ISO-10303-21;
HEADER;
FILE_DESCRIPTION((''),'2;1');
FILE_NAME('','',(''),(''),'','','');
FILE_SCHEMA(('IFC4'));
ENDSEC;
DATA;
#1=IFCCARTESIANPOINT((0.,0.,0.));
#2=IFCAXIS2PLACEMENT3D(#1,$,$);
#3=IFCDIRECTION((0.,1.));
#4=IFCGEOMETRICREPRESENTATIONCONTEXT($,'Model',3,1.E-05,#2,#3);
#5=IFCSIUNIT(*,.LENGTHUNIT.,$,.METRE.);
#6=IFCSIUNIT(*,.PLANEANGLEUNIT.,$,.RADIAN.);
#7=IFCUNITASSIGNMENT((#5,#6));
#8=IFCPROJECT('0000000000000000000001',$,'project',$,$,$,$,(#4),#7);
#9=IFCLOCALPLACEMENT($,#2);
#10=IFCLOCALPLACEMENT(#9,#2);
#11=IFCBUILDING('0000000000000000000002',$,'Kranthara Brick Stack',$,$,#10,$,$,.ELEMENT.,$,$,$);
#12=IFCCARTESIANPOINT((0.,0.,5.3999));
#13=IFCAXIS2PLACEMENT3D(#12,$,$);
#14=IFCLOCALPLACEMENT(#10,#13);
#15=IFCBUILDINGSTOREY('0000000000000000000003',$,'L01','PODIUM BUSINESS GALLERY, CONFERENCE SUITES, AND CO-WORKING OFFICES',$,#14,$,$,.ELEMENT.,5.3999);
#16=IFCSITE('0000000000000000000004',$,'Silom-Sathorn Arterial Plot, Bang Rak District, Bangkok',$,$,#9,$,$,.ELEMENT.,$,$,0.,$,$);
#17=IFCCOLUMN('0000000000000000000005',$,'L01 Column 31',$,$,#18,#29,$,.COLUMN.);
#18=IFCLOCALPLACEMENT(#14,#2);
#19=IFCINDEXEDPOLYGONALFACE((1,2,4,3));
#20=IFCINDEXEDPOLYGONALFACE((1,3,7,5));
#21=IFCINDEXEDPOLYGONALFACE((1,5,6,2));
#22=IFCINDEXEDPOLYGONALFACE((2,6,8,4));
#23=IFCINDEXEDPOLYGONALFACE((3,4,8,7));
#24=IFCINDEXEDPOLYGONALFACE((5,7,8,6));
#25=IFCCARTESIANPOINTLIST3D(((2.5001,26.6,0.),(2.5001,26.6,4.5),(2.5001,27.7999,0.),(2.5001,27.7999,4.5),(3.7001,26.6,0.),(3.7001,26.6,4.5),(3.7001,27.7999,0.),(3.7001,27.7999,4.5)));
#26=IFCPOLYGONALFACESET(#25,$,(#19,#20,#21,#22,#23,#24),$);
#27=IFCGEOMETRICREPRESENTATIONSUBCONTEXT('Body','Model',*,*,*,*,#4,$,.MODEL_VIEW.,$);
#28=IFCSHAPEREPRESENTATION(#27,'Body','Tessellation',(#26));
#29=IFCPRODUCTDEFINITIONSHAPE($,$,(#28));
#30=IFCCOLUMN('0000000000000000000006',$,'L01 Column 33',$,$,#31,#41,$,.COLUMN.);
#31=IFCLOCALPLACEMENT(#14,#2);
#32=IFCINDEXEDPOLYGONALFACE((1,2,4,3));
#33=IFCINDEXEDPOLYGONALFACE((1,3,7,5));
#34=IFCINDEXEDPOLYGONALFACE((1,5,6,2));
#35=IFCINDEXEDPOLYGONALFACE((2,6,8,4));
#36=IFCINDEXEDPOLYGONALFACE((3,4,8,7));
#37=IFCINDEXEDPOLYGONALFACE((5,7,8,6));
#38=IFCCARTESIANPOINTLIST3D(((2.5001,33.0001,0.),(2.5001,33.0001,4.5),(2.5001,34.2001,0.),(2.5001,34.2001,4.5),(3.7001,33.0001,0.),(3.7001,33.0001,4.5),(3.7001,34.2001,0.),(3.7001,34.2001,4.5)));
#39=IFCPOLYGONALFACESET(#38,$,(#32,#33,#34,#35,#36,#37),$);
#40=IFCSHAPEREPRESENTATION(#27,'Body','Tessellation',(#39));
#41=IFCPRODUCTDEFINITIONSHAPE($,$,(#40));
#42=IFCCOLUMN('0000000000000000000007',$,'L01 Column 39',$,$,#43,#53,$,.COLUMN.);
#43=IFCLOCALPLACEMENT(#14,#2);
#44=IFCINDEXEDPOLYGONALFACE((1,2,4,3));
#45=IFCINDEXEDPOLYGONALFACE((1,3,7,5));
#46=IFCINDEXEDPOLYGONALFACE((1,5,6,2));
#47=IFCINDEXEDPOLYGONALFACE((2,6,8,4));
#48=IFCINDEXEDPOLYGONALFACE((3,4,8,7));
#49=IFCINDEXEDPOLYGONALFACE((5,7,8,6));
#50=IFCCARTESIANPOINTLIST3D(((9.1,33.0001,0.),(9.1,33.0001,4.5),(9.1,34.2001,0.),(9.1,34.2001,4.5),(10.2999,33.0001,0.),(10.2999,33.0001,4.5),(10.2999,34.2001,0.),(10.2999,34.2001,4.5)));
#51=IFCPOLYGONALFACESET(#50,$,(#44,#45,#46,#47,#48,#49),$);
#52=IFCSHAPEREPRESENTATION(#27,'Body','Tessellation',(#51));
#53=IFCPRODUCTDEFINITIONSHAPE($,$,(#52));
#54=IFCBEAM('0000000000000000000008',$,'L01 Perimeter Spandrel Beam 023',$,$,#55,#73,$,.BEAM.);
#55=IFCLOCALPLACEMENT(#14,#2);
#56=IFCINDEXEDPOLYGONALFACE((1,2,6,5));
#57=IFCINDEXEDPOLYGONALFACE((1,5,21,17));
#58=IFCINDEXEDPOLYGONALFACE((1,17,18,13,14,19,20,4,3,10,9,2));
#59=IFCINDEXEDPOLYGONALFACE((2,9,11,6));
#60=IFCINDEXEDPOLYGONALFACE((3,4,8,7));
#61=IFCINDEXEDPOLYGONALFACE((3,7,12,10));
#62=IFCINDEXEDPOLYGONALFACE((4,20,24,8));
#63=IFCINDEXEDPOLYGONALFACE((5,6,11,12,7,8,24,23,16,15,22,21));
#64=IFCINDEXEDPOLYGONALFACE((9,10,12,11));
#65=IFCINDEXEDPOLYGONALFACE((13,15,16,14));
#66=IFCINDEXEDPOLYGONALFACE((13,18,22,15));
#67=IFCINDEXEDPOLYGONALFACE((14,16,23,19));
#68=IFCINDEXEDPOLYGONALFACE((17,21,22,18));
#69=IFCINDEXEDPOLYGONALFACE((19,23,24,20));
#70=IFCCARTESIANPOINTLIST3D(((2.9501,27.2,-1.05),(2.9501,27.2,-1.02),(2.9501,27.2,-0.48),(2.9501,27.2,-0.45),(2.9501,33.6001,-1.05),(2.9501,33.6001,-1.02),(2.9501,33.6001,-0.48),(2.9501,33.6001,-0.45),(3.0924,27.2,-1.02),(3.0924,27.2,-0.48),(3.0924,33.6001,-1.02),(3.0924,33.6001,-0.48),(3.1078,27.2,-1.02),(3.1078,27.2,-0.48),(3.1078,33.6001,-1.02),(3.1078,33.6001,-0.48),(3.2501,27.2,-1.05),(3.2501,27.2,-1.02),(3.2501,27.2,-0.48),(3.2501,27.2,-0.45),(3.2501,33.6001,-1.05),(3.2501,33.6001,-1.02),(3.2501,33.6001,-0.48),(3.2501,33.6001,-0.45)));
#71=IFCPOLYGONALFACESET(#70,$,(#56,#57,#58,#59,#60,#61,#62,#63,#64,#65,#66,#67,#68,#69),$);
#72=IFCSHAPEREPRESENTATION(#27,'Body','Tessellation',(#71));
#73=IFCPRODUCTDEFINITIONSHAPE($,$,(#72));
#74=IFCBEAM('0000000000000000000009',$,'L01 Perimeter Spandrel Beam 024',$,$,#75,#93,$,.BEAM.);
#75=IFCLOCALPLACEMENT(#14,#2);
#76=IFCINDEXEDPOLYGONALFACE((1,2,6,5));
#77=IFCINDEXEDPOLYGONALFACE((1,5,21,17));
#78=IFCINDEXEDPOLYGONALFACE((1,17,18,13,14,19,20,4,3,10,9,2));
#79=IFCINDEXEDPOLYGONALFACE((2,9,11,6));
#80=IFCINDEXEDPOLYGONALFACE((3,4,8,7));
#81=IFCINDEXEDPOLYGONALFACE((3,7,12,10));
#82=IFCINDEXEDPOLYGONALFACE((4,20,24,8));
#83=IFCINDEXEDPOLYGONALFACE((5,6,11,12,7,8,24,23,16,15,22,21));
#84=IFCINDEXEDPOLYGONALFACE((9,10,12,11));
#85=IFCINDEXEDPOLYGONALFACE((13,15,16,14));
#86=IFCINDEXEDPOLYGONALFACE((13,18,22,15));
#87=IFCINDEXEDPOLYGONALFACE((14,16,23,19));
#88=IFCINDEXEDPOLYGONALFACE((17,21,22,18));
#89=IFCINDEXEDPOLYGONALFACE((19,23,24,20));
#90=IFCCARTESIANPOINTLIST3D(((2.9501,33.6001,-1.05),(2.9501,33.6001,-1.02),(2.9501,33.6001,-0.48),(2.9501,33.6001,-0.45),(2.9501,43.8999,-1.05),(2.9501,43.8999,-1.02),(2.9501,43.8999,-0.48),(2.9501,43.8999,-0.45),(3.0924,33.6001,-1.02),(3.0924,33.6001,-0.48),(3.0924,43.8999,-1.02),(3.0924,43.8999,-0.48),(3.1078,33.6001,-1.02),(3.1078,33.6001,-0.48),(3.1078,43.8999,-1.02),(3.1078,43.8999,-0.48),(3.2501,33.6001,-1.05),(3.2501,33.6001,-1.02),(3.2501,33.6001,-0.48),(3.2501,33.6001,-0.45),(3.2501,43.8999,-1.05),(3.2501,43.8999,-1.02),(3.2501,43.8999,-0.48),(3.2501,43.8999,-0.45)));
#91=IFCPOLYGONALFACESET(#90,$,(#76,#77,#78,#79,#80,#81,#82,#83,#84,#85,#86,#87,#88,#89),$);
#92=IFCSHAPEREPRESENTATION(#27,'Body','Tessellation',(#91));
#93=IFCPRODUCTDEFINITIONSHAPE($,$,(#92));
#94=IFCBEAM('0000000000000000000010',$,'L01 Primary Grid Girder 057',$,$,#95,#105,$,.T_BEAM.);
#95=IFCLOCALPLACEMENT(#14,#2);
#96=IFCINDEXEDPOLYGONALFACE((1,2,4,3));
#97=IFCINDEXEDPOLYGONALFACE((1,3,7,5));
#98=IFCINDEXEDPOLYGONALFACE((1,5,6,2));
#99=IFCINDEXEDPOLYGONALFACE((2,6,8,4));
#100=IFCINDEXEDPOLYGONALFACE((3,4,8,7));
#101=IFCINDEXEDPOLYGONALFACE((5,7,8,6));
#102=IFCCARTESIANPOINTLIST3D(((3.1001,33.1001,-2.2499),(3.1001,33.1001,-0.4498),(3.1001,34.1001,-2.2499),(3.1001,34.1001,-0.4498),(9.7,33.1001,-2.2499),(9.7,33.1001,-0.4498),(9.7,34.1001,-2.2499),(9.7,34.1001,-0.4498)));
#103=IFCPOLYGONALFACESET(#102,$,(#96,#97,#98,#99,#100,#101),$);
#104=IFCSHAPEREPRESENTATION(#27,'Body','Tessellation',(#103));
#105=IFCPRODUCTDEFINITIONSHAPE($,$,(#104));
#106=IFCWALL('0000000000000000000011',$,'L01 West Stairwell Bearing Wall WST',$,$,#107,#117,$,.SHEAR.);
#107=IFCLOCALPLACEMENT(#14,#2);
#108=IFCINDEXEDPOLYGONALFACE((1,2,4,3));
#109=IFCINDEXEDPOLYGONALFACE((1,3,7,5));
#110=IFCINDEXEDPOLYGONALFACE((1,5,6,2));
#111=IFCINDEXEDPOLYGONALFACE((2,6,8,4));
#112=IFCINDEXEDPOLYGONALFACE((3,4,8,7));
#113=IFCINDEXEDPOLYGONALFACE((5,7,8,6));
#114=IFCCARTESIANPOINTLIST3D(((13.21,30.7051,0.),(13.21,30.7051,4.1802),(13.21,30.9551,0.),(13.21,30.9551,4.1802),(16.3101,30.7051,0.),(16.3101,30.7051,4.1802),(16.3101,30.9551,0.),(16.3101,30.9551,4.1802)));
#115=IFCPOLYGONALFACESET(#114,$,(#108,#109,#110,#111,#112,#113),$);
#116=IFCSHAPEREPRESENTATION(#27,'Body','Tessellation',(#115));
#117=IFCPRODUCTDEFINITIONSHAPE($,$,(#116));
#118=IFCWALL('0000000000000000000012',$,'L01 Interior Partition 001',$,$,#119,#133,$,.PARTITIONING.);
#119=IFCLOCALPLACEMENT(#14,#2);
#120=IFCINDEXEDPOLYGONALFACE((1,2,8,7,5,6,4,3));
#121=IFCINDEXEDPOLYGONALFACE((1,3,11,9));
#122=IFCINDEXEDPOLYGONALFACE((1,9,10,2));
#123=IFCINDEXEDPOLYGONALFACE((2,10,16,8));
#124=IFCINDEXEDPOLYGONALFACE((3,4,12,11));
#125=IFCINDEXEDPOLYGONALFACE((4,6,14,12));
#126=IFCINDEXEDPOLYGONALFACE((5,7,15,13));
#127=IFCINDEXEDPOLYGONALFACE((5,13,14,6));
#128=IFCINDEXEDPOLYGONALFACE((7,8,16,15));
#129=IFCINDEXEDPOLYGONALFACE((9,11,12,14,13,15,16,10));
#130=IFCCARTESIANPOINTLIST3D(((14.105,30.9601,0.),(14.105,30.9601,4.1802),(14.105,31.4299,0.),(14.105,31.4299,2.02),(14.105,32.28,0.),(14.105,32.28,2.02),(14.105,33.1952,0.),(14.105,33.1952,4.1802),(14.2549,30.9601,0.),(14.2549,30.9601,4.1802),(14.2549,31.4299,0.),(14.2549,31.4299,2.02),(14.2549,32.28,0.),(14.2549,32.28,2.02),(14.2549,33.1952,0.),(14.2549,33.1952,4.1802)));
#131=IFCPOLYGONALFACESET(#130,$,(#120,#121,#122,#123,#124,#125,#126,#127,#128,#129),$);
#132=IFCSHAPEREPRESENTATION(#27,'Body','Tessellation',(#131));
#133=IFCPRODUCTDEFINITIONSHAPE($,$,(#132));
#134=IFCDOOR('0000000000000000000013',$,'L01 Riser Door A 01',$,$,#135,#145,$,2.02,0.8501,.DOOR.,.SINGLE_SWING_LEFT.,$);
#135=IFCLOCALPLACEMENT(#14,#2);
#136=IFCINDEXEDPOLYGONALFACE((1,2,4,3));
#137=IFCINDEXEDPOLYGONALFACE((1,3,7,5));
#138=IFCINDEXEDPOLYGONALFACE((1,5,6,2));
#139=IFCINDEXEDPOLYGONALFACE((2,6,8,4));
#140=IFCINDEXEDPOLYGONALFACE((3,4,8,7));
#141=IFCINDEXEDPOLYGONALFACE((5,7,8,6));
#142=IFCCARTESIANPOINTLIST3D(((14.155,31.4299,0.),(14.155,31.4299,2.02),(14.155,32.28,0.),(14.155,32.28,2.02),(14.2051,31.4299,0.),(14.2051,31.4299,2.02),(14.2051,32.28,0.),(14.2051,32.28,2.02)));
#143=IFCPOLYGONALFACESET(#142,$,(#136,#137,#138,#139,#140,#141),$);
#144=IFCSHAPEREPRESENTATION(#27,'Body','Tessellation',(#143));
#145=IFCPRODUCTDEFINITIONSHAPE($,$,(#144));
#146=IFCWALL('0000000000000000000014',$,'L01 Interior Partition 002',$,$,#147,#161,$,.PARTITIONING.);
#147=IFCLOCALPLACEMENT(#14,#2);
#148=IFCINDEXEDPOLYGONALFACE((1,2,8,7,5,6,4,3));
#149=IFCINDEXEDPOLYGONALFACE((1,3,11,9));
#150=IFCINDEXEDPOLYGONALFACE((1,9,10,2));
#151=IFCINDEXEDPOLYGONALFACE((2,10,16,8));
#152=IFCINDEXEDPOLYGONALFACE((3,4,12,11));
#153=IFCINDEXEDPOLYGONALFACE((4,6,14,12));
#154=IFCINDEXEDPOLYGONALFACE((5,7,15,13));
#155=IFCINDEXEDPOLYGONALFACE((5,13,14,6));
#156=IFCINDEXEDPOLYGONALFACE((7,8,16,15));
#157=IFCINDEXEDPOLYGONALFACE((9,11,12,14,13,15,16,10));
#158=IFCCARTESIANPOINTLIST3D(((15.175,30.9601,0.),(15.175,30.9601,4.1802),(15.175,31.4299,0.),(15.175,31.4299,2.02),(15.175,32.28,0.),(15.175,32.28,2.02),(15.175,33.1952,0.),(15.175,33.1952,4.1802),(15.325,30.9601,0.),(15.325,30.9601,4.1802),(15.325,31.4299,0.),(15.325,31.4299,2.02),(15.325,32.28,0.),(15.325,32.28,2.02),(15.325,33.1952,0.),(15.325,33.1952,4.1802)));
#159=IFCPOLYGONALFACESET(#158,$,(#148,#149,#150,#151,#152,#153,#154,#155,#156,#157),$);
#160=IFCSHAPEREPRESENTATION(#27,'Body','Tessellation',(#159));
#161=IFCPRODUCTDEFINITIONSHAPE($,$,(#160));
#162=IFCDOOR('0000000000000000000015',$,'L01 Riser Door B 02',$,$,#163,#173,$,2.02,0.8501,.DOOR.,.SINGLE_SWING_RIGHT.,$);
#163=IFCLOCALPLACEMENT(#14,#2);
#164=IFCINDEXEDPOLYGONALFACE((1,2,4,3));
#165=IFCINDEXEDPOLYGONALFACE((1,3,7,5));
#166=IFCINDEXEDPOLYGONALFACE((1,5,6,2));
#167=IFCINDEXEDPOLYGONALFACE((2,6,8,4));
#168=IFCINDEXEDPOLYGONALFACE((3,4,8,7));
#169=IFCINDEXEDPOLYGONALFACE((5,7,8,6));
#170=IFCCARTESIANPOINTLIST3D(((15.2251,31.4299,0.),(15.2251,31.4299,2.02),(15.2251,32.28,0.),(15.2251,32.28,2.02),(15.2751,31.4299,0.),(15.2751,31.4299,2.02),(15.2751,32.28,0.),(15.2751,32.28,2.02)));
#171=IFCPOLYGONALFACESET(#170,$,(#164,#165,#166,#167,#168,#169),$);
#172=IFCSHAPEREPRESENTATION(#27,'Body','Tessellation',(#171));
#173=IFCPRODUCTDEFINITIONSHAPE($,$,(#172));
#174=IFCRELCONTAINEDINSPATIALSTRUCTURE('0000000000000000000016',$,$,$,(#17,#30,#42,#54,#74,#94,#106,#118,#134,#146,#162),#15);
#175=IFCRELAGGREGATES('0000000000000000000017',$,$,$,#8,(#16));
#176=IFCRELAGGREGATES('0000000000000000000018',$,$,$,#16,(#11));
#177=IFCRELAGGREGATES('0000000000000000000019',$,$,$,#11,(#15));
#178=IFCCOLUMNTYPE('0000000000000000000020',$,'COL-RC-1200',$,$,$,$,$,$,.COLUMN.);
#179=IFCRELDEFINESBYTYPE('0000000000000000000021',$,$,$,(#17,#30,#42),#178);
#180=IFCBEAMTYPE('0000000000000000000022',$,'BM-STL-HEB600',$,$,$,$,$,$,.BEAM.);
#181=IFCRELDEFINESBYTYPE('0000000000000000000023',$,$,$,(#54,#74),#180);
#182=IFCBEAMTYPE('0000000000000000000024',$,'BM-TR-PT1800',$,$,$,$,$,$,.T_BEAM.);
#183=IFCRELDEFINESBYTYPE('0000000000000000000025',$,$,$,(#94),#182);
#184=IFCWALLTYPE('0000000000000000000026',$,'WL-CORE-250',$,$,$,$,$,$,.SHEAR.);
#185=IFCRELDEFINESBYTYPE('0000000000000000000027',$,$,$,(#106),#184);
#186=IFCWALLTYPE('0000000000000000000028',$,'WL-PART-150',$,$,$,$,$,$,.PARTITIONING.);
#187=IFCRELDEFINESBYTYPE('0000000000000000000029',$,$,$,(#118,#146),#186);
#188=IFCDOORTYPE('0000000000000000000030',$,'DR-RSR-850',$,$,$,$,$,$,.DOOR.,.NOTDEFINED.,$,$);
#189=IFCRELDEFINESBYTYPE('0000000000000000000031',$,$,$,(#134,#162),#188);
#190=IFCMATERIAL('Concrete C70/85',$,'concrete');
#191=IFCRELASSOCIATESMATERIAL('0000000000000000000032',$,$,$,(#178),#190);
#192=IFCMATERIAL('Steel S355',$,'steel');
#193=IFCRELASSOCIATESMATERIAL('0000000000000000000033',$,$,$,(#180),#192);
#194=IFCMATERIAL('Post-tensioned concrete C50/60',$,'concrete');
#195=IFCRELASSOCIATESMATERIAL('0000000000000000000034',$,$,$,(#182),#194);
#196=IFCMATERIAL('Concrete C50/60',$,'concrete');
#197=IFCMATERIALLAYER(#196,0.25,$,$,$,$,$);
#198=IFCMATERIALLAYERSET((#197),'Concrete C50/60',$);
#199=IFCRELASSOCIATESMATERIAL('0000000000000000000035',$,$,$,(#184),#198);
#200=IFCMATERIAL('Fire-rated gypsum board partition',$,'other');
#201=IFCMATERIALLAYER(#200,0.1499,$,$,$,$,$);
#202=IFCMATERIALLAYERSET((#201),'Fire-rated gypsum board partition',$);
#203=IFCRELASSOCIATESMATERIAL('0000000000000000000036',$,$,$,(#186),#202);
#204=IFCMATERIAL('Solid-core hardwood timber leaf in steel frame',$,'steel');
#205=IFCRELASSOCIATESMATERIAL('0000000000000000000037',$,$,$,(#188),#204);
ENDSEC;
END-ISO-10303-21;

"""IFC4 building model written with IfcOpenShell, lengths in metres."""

from ifc_helpers import new_model, si_unit, direction, frame, frame_2d, origin, origin_2d, place, context, subcontext, project, spatial, rectangle, i_section, extrude, material, layer, layer_set, material_profile, profile_set, type_object, element, fill, save


model = new_model("IFC4")

# Units and contexts
model_context = context("Model", 3, precision=1e-05, world=origin(), true_north=direction((0.0, 1.0)))
body_context = subcontext(model_context, "Body", "Model", "MODEL_VIEW")
ifc_project = project(units=[si_unit("LENGTHUNIT", "METRE"), si_unit("PLANEANGLEUNIT", "RADIAN")], contexts=[model_context])

# Site, building, storey
site_placement = place(None, origin())
site = spatial("IfcSite", under=ifc_project, at=site_placement, Name="Silom-Sathorn Arterial Plot, Bang Rak District, Bangkok", CompositionType="ELEMENT", RefElevation=0.0)
building_placement = place(site_placement, origin())
building = spatial("IfcBuilding", under=site, at=building_placement, Name="Kranthara Brick Stack", CompositionType="ELEMENT")
storey_placement = place(building_placement, frame((0.0, 0.0, 5.3999)))
storey = spatial("IfcBuildingStorey", under=building, at=storey_placement, Name="L01", Description="PODIUM BUSINESS GALLERY, CONFERENCE SUITES, AND CO-WORKING OFFICES", CompositionType="ELEMENT", Elevation=5.3999)

# Columns
ifc_material_1 = material(Name="Concrete C70/85", Category="concrete")
ifc_material_profile_1 = material_profile(ifc_material_1, rectangle(XDim=1.2, YDim=1.2, at=origin_2d()), Name="RC 1200x1200")
ifc_profile_set_1 = profile_set([ifc_material_profile_1], Name="Concrete C70/85")
column_type = type_object("IfcColumnType", Name="COL-RC-1200", PredefinedType="COLUMN", material=ifc_profile_set_1)
for number, where, z_axis, x_axis, name in (
    (1, (3.1001, 27.2, 0.0), (0.0, 0.0, 1.0), (1.0, 0.0, 0.0), "L01 Column 31"),
    (2, (3.1001, 33.6001, 0.0), (0.0, 0.0, 1.0), (1.0, 0.0, 0.0), "L01 Column 33"),
    (3, (9.7, 33.6001, 0.0), (0.0, 0.0, 1.0), (1.0, 0.0, 0.0), "L01 Column 39"),
):
    element("IfcColumn", number, at=place(storey_placement, frame(where, z_axis=z_axis, x_axis=x_axis)), inside=storey, type_object=column_type, Name=name, PredefinedType="COLUMN", context=body_context, shape_type="SweptSolid", body=[
        extrude(rectangle(XDim=1.2, YDim=1.2, at=origin_2d()), origin(), (0.0, 0.0, 1.0), 4.5),
    ])

# Beams
ifc_material_2 = material(Name="Steel S355", Category="steel")
ifc_material_profile_2 = material_profile(ifc_material_2, i_section(OverallWidth=0.3, OverallDepth=0.6001, WebThickness=0.0154, FlangeThickness=0.03, at=origin_2d()), Name="HEB 600")
ifc_profile_set_2 = profile_set([ifc_material_profile_2], Name="Steel S355")
beam_type_1 = type_object("IfcBeamType", Name="BM-STL-HEB600", PredefinedType="BEAM", material=ifc_profile_set_2)
beam_1_placement = place(storey_placement, frame((3.1001, 27.2, -0.75), z_axis=(0.0, 1.0, 0.0), x_axis=(-1.0, 0.0, 0.0)))
element("IfcBeam", 4, at=beam_1_placement, inside=storey, type_object=beam_type_1, Name="L01 Perimeter Spandrel Beam 023", PredefinedType="BEAM", context=body_context, shape_type="SweptSolid", body=[
    extrude(i_section(OverallWidth=0.3, OverallDepth=0.6001, WebThickness=0.0154, FlangeThickness=0.03, at=origin_2d()), origin(), (0.0, 0.0, 1.0), 6.4001),
])
beam_2_placement = place(storey_placement, frame((3.1001, 33.6001, -0.75), z_axis=(0.0, 1.0, 0.0), x_axis=(-1.0, 0.0, 0.0)))
element("IfcBeam", 5, at=beam_2_placement, inside=storey, type_object=beam_type_1, Name="L01 Perimeter Spandrel Beam 024", PredefinedType="BEAM", context=body_context, shape_type="SweptSolid", body=[
    extrude(i_section(OverallWidth=0.3, OverallDepth=0.6001, WebThickness=0.0154, FlangeThickness=0.03, at=origin_2d()), origin(), (0.0, 0.0, 1.0), 10.2998),
])
ifc_material_3 = material(Name="Post-tensioned concrete C50/60", Category="concrete")
ifc_material_profile_3 = material_profile(ifc_material_3, rectangle(XDim=1.0, YDim=1.8, at=origin_2d()), Name="PT 1000x1800")
ifc_profile_set_3 = profile_set([ifc_material_profile_3], Name="Post-tensioned concrete C50/60")
beam_type_2 = type_object("IfcBeamType", Name="BM-TR-PT1800", PredefinedType="T_BEAM", material=ifc_profile_set_3)
beam_3_placement = place(storey_placement, frame((3.1001, 33.6001, -1.3499), z_axis=(1.0, 0.0, 0.0), x_axis=(0.0, 1.0, 0.0)))
element("IfcBeam", 6, at=beam_3_placement, inside=storey, type_object=beam_type_2, Name="L01 Primary Grid Girder 057", PredefinedType="T_BEAM", context=body_context, shape_type="SweptSolid", body=[
    extrude(rectangle(XDim=1.0, YDim=1.8, at=origin_2d()), origin(), (0.0, 0.0, 1.0), 6.5999),
])

# Wall
ifc_material_4 = material(Name="Concrete C50/60", Category="concrete")
ifc_layer_1 = layer(ifc_material_4, 0.25)
ifc_layer_set_1 = layer_set([ifc_layer_1], Name="Concrete C50/60")
wall_type_1 = type_object("IfcWallType", Name="WL-CORE-250", PredefinedType="SHEAR", material=ifc_layer_set_1)
wall_1_placement = place(storey_placement, frame((13.21, 30.8301, 0.0), z_axis=(0.0, 0.0, 1.0), x_axis=(1.0, 0.0, 0.0)))
element("IfcWall", 7, at=wall_1_placement, inside=storey, type_object=wall_type_1, Name="L01 West Stairwell Bearing Wall WST", PredefinedType="SHEAR", context=body_context, shape_type="SweptSolid", body=[
    extrude(rectangle(XDim=3.1001, YDim=0.25, at=frame_2d((1.55, 0.0))), origin(), (0.0, 0.0, 1.0), 4.1802),
])

# Walls, openings, doors
ifc_material_5 = material(Name="Fire-rated gypsum board partition", Category="other")
ifc_layer_2 = layer(ifc_material_5, 0.1499)
ifc_layer_set_2 = layer_set([ifc_layer_2], Name="Fire-rated gypsum board partition")
wall_type_2 = type_object("IfcWallType", Name="WL-PART-150", PredefinedType="PARTITIONING", material=ifc_layer_set_2)
wall_2_placement = place(storey_placement, frame((14.1799, 30.96, 0.0), z_axis=(0.0, 0.0, 1.0), x_axis=(0.0, 1.0, 0.0)))
wall_2 = element("IfcWall", 8, at=wall_2_placement, inside=storey, type_object=wall_type_2, Name="L01 Interior Partition 001", PredefinedType="PARTITIONING", context=body_context, shape_type="SweptSolid", body=[
    extrude(rectangle(XDim=2.2351, YDim=0.1499, at=frame_2d((1.1177, 0.0))), origin(), (0.0, 0.0, 1.0), 4.1802),
])
opening_1_placement = place(wall_2_placement, frame((0.47, 0.0, 0.0)))
opening_1 = element("IfcOpeningElement", 9, at=opening_1_placement, cuts=wall_2, PredefinedType="OPENING", context=body_context, shape_type="SweptSolid", body=[
    extrude(rectangle(XDim=0.8501, YDim=2.02, at=frame_2d((0.425, 1.01))), frame((0.0, 0.085, 0.0), z_axis=(0.0, -1.0, 0.0), x_axis=(1.0, 0.0, 0.0)), (0.0, 0.0, 1.0), 0.1699),
])
ifc_material_6 = material(Name="Solid-core hardwood timber leaf in steel frame", Category="steel")
door_type = type_object("IfcDoorType", Name="DR-RSR-850", OperationType="NOTDEFINED", PredefinedType="DOOR", material=ifc_material_6)
door_1_placement = place(opening_1_placement, origin())
door_1 = element("IfcDoor", 10, at=door_1_placement, inside=storey, type_object=door_type, Name="L01 Riser Door A 01", OperationType="SINGLE_SWING_LEFT", OverallHeight=2.02, OverallWidth=0.8501, PredefinedType="DOOR", context=body_context, shape_type="SweptSolid", body=[
    extrude(rectangle(XDim=0.8501, YDim=2.02, at=frame_2d((0.425, 1.01))), frame((0.0, 0.0249, 0.0), z_axis=(0.0, -1.0, 0.0), x_axis=(1.0, 0.0, 0.0)), (0.0, 0.0, 1.0), 0.05),
])
fill(opening_1, door_1)
wall_3_placement = place(storey_placement, frame((15.25, 30.96, 0.0), z_axis=(0.0, 0.0, 1.0), x_axis=(0.0, 1.0, 0.0)))
wall_3 = element("IfcWall", 11, at=wall_3_placement, inside=storey, type_object=wall_type_2, Name="L01 Interior Partition 002", PredefinedType="PARTITIONING", context=body_context, shape_type="SweptSolid", body=[
    extrude(rectangle(XDim=2.2351, YDim=0.1499, at=frame_2d((1.1177, 0.0))), origin(), (0.0, 0.0, 1.0), 4.1802),
])
opening_2_placement = place(wall_3_placement, frame((0.47, 0.0, 0.0)))
opening_2 = element("IfcOpeningElement", 12, at=opening_2_placement, cuts=wall_3, PredefinedType="OPENING", context=body_context, shape_type="SweptSolid", body=[
    extrude(rectangle(XDim=0.8501, YDim=2.02, at=frame_2d((0.425, 1.01))), frame((0.0, 0.085, 0.0), z_axis=(0.0, -1.0, 0.0), x_axis=(1.0, 0.0, 0.0)), (0.0, 0.0, 1.0), 0.1699),
])
door_2_placement = place(opening_2_placement, origin())
door_2 = element("IfcDoor", 13, at=door_2_placement, inside=storey, type_object=door_type, Name="L01 Riser Door B 02", OperationType="SINGLE_SWING_RIGHT", OverallHeight=2.02, OverallWidth=0.8501, PredefinedType="DOOR", context=body_context, shape_type="SweptSolid", body=[
    extrude(rectangle(XDim=0.8501, YDim=2.02, at=frame_2d((0.425, 1.01))), frame((0.0, 0.0249, 0.0), z_axis=(0.0, -1.0, 0.0), x_axis=(1.0, 0.0, 0.0)), (0.0, 0.0, 1.0), 0.05),
])
fill(opening_2, door_2)

save(model, "model.ifc")
